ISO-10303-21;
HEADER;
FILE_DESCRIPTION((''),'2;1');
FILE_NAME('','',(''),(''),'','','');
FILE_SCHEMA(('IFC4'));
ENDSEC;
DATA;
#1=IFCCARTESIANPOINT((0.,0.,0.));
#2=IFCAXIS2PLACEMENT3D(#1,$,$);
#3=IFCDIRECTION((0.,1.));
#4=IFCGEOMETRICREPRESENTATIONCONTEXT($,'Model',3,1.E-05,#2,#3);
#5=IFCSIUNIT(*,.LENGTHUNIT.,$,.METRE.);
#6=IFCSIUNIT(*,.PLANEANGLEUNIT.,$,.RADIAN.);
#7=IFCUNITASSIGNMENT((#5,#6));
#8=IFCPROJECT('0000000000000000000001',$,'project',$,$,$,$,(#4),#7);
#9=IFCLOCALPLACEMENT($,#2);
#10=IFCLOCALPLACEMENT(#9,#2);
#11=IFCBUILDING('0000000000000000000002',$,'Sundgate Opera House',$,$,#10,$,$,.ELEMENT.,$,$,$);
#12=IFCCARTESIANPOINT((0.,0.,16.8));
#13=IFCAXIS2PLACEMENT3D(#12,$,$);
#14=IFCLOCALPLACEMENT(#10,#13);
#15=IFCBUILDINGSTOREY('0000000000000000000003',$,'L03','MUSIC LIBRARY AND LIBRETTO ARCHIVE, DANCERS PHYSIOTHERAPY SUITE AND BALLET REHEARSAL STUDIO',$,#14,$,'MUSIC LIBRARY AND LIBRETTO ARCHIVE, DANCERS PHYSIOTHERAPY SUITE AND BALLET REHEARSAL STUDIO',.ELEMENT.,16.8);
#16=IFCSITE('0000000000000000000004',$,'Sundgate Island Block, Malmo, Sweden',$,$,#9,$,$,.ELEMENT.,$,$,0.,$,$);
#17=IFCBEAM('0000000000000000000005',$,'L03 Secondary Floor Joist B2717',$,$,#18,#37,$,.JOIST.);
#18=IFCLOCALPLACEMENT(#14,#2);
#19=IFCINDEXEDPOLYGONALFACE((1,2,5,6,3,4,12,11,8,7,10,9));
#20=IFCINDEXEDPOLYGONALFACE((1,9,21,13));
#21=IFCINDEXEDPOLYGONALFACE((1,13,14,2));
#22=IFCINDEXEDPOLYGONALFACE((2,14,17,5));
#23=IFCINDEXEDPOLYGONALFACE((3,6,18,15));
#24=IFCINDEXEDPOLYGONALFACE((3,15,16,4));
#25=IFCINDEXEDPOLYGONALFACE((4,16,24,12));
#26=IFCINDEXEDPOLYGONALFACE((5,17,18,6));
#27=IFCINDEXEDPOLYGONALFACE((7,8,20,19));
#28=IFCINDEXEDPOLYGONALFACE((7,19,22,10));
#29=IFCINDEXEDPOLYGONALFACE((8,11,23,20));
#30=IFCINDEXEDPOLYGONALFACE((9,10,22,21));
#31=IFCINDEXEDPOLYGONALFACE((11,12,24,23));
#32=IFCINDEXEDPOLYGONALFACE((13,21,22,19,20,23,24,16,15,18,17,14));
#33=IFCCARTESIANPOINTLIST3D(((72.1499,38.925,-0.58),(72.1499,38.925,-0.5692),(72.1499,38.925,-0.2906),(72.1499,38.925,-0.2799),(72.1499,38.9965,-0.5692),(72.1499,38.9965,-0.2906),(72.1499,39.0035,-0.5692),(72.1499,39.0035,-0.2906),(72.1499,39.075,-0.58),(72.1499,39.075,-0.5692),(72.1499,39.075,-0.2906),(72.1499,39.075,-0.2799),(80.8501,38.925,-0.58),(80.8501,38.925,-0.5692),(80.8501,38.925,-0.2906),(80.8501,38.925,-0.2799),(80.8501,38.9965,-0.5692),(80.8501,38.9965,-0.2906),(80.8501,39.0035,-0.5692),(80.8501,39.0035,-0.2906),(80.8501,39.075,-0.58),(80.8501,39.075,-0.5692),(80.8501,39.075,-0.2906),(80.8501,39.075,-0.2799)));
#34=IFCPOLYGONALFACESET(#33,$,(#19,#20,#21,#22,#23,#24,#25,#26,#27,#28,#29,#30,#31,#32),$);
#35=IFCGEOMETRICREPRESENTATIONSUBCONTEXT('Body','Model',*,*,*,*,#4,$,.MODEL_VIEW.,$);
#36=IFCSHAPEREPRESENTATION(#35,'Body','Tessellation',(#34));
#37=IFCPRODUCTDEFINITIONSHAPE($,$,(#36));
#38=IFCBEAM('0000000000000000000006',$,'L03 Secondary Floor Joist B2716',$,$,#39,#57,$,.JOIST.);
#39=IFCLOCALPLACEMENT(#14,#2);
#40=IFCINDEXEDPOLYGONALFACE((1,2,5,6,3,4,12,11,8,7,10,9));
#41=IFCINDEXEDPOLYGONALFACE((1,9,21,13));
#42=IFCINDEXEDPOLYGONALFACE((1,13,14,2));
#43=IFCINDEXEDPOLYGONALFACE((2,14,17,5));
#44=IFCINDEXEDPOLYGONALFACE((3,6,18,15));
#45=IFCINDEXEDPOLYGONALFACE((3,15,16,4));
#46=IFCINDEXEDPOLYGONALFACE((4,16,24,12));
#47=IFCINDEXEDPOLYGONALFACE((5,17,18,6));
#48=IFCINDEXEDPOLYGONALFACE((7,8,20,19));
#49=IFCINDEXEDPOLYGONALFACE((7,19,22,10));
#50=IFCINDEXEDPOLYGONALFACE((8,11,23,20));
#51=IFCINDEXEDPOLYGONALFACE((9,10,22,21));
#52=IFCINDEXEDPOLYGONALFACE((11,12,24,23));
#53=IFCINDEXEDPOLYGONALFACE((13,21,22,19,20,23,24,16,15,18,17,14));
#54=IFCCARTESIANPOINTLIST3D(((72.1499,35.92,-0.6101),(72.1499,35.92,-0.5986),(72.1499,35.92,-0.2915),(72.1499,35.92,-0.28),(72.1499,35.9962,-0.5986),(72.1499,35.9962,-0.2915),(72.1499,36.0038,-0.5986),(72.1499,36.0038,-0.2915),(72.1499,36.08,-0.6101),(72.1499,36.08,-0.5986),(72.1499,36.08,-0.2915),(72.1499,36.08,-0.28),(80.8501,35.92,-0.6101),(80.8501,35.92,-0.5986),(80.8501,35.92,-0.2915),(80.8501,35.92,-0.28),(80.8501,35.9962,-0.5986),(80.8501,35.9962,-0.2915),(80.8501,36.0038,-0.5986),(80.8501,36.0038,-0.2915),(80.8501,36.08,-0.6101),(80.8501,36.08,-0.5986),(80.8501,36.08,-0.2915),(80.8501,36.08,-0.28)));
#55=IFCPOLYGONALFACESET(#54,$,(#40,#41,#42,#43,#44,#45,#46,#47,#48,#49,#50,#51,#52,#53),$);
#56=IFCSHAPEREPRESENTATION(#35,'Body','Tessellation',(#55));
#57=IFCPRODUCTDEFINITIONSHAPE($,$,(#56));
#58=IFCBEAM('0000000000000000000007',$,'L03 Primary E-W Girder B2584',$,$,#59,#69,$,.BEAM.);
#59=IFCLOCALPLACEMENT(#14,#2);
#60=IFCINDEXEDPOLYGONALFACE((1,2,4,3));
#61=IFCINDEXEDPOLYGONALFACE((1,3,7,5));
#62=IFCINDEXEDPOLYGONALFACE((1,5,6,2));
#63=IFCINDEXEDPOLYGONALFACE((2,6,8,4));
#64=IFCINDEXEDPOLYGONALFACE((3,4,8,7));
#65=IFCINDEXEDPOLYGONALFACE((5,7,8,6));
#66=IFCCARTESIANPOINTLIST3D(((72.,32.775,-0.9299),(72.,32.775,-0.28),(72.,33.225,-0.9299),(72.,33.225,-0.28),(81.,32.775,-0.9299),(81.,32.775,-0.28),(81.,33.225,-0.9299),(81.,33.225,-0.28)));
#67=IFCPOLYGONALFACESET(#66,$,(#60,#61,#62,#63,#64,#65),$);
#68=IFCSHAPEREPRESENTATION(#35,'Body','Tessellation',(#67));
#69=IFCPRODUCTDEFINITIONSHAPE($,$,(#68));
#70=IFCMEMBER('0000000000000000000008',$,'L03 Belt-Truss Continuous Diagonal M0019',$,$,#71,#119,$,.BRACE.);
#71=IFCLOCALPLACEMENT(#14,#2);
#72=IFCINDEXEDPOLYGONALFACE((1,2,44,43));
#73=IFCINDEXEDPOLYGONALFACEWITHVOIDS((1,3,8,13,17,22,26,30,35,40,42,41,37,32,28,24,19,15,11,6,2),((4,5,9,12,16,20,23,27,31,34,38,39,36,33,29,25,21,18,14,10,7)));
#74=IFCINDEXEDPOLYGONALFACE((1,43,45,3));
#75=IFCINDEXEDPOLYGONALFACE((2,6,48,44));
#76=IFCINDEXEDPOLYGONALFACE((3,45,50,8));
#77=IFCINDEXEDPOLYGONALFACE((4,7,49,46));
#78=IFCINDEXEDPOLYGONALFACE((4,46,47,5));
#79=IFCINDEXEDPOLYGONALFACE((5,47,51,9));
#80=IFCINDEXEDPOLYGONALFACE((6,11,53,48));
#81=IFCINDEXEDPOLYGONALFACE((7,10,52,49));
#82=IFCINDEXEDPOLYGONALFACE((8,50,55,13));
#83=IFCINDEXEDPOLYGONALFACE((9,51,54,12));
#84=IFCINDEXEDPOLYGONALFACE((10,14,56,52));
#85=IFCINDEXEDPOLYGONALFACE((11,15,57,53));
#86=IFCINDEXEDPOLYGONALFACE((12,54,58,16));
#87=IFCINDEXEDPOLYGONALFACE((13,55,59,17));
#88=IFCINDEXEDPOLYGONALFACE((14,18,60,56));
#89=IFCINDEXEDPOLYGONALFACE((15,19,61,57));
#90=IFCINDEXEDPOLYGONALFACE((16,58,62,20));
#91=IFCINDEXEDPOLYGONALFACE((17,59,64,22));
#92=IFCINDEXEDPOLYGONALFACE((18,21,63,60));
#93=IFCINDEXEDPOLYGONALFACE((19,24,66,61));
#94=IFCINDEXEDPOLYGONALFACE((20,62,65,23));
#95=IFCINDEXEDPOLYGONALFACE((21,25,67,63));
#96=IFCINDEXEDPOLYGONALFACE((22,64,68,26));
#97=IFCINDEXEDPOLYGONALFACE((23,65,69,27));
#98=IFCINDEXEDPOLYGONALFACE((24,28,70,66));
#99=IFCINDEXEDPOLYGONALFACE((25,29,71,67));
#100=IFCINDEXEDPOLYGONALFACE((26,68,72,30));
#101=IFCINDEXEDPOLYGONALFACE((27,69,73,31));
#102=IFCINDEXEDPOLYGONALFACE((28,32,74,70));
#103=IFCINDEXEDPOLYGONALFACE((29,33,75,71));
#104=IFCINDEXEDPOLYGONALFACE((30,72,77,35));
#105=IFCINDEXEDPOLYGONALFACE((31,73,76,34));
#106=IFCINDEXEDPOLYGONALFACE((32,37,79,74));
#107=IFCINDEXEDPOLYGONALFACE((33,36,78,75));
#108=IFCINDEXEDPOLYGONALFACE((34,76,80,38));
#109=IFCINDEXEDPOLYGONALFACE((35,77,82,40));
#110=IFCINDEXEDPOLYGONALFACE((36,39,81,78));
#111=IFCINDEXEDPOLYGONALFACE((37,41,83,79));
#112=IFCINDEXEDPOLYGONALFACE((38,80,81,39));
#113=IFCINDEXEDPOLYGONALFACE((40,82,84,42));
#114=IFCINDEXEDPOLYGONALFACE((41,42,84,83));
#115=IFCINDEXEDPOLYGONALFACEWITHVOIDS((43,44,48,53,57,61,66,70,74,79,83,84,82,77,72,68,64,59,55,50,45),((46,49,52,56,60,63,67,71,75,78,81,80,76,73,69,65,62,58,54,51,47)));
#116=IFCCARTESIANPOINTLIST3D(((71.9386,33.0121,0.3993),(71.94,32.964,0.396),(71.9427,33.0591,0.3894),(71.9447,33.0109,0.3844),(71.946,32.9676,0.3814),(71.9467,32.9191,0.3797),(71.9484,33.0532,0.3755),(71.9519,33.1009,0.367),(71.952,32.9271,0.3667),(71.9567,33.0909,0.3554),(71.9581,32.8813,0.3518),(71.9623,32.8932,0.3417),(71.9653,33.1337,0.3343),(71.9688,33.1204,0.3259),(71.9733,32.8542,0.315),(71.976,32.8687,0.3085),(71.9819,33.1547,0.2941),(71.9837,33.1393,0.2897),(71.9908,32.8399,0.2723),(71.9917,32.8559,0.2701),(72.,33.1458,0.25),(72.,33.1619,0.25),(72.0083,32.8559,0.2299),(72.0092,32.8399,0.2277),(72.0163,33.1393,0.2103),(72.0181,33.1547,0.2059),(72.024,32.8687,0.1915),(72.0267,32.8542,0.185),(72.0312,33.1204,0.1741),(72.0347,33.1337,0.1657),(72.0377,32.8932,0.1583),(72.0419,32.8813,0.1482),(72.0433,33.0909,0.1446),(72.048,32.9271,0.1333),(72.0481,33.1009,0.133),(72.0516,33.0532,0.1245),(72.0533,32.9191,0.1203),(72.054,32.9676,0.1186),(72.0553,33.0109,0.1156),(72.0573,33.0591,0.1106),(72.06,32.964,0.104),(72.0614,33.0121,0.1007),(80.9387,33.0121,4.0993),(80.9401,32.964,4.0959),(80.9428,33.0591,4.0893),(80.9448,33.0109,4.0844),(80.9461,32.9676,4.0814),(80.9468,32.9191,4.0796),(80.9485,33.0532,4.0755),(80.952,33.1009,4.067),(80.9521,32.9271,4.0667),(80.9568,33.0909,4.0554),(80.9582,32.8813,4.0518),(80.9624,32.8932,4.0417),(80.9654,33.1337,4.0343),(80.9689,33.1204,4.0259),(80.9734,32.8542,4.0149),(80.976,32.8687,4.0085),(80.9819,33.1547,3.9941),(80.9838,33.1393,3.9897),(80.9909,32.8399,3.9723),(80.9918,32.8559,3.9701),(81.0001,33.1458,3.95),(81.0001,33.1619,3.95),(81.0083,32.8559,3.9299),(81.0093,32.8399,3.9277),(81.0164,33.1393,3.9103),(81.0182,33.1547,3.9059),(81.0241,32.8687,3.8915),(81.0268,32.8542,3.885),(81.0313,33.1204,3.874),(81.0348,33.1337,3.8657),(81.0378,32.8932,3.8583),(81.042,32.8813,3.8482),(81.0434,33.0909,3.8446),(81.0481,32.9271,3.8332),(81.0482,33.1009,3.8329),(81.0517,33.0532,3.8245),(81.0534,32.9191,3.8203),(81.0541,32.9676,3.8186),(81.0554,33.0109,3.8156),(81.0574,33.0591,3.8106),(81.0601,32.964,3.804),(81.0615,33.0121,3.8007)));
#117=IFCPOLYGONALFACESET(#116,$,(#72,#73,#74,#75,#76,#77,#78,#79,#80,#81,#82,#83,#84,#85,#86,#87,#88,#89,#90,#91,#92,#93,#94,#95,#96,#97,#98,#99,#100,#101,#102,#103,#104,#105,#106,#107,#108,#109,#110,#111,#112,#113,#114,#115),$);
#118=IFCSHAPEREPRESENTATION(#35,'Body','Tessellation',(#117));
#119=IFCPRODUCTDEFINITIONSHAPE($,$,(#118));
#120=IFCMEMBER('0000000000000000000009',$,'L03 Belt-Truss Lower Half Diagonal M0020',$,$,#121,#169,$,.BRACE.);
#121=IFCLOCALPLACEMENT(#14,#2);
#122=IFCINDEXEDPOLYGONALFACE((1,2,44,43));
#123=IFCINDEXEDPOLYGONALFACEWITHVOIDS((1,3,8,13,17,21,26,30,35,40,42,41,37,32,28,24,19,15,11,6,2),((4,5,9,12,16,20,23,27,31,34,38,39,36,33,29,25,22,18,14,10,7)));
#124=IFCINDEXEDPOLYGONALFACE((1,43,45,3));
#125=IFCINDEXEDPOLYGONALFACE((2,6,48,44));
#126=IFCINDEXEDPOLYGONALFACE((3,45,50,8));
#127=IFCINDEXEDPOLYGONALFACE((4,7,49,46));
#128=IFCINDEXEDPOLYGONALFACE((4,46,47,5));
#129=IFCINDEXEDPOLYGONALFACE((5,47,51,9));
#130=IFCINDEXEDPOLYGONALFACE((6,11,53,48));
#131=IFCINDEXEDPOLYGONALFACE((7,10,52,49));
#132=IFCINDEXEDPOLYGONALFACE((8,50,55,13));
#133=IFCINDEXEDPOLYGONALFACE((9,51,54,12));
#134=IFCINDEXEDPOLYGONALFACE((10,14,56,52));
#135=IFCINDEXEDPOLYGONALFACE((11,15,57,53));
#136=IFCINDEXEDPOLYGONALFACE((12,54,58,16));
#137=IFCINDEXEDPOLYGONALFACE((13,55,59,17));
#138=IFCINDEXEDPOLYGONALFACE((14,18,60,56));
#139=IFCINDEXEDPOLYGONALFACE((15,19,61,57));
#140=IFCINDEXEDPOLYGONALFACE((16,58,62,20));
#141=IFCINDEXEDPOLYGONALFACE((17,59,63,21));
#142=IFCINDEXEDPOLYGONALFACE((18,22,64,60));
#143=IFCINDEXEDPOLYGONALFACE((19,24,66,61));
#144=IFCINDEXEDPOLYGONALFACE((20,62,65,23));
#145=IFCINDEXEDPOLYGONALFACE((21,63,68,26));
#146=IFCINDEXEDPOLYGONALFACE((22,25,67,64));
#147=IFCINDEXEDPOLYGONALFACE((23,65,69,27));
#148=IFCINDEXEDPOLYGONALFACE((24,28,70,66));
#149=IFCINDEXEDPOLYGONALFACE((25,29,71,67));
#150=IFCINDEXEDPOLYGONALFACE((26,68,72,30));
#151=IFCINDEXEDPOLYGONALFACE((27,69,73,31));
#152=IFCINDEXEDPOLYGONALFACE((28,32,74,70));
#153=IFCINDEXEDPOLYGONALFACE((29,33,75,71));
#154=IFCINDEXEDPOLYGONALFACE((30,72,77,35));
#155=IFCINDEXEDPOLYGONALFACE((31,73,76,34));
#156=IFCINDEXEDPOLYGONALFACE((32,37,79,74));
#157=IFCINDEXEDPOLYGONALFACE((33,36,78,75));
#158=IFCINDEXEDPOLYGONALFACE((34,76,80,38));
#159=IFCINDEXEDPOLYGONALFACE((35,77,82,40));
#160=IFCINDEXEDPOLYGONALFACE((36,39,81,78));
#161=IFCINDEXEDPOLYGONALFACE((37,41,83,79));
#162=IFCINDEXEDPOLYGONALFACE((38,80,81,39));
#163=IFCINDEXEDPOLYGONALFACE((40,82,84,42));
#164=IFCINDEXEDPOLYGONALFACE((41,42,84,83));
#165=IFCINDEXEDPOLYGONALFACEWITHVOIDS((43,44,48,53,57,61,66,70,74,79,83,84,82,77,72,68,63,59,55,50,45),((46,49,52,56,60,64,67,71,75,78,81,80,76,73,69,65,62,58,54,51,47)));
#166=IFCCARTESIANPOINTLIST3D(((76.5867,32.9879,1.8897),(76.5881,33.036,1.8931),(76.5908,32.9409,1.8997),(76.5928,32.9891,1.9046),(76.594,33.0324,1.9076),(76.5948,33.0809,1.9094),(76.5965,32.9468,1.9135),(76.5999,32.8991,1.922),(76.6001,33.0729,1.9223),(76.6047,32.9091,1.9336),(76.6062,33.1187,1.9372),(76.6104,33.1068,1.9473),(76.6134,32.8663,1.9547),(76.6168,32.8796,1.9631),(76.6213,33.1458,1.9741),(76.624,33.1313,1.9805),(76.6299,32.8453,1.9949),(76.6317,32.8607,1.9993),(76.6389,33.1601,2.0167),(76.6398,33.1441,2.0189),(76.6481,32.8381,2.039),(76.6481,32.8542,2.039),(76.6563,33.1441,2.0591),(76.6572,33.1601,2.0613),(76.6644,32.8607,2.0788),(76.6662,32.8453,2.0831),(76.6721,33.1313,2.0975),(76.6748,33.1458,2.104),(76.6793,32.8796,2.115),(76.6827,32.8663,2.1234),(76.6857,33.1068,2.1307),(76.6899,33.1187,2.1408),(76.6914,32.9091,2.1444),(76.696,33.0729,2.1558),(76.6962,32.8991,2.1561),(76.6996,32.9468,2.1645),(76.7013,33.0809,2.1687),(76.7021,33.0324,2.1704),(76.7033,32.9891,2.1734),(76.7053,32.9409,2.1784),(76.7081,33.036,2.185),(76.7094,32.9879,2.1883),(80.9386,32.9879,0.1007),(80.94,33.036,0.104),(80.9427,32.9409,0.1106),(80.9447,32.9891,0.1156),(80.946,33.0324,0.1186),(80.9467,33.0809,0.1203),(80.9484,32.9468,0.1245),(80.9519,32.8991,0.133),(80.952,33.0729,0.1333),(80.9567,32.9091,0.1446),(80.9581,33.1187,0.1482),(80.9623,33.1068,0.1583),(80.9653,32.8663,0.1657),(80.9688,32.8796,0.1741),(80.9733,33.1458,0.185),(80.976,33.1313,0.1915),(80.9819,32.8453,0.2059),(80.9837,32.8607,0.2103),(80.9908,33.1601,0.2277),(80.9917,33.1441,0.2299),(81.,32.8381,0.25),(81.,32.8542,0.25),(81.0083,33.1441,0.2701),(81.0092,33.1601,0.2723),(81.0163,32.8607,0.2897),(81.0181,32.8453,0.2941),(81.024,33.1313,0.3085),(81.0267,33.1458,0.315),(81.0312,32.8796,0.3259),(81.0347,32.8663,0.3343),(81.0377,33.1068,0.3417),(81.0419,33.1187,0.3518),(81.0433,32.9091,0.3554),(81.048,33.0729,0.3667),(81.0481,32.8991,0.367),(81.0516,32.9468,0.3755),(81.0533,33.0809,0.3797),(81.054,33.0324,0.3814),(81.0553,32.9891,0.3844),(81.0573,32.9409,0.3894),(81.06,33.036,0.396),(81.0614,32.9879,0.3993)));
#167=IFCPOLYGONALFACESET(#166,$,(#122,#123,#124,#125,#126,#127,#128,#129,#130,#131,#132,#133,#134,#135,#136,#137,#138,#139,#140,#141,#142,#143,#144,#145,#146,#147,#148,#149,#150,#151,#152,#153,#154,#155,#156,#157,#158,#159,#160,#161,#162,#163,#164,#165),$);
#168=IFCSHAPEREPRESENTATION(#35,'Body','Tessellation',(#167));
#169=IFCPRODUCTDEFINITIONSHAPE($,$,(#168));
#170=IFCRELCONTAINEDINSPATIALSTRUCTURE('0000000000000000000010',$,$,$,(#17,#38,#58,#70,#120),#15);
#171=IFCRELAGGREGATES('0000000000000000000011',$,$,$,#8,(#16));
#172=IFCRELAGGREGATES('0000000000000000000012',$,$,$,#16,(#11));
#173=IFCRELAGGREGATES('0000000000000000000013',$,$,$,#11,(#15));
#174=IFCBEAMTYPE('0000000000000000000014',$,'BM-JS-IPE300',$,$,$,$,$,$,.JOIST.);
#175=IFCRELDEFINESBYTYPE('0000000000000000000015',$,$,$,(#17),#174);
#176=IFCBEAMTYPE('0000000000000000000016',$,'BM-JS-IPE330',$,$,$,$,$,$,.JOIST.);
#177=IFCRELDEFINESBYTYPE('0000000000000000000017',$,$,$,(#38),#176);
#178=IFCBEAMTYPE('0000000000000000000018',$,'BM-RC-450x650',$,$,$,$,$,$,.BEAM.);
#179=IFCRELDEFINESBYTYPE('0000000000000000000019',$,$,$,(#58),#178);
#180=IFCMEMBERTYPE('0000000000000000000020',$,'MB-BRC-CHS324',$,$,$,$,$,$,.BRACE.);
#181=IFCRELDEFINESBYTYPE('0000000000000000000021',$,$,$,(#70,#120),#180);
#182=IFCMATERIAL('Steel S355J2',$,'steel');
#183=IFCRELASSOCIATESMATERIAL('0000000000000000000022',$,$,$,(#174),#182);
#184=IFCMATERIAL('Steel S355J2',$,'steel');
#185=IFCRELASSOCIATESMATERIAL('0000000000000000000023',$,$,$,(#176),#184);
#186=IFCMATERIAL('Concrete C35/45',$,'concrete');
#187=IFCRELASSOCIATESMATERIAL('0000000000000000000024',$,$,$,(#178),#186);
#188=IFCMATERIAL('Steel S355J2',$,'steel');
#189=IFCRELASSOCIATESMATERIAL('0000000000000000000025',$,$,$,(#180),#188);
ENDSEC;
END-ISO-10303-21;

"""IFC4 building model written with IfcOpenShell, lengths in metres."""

from ifc_helpers import new_model, si_unit, direction, frame, origin, origin_2d, place, context, subcontext, project, spatial, rectangle, hollow_circle, i_section, extrude, material, material_profile, profile_set, type_object, element, save


model = new_model("IFC4")

# Units and contexts
model_context = context("Model", 3, precision=1e-05, world=origin(), true_north=direction((0.0, 1.0)))
body_context = subcontext(model_context, "Body", "Model", "MODEL_VIEW")
ifc_project = project(units=[si_unit("LENGTHUNIT", "METRE"), si_unit("PLANEANGLEUNIT", "RADIAN")], contexts=[model_context])

# Site, building, storey
site_placement = place(None, origin())
site = spatial("IfcSite", under=ifc_project, at=site_placement, Name="Sundgate Island Block, Malmo, Sweden", CompositionType="ELEMENT", RefElevation=0.0)
building_placement = place(site_placement, origin())
building = spatial("IfcBuilding", under=site, at=building_placement, Name="Sundgate Opera House", CompositionType="ELEMENT")
storey_placement = place(building_placement, frame((0.0, 0.0, 16.8)))
storey = spatial("IfcBuildingStorey", under=building, at=storey_placement, Name="L03", Description="MUSIC LIBRARY AND LIBRETTO ARCHIVE, DANCERS PHYSIOTHERAPY SUITE AND BALLET REHEARSAL STUDIO", LongName="MUSIC LIBRARY AND LIBRETTO ARCHIVE, DANCERS PHYSIOTHERAPY SUITE AND BALLET REHEARSAL STUDIO", CompositionType="ELEMENT", Elevation=16.8)

# Beams
ifc_material_1 = material(Name="Steel S355J2", Category="steel")
ifc_material_profile_1 = material_profile(ifc_material_1, i_section(OverallWidth=0.1499, OverallDepth=0.3, WebThickness=0.0071, FlangeThickness=0.0107, at=origin_2d()), Name="IPE 300")
ifc_profile_set_1 = profile_set([ifc_material_profile_1], Name="Steel S355J2")
beam_type_1 = type_object("IfcBeamType", Name="BM-JS-IPE300", PredefinedType="JOIST", material=ifc_profile_set_1)
beam_1_placement = place(storey_placement, frame((72.1499, 39.0, -0.4299), z_axis=(1.0, 0.0, 0.0), x_axis=(0.0, 1.0, 0.0)))
element("IfcBeam", 1, at=beam_1_placement, inside=storey, type_object=beam_type_1, Name="L03 Secondary Floor Joist B2717", PredefinedType="JOIST", context=body_context, shape_type="SweptSolid", body=[
    extrude(i_section(OverallWidth=0.1499, OverallDepth=0.3, WebThickness=0.0071, FlangeThickness=0.0107, at=origin_2d()), origin(), (0.0, 0.0, 1.0), 8.7002),
])
ifc_material_2 = material(Name="Steel S355J2", Category="steel")
ifc_material_profile_2 = material_profile(ifc_material_2, i_section(OverallWidth=0.1599, OverallDepth=0.3301, WebThickness=0.0076, FlangeThickness=0.0115, at=origin_2d()), Name="IPE 330")
ifc_profile_set_2 = profile_set([ifc_material_profile_2], Name="Steel S355J2")
beam_type_2 = type_object("IfcBeamType", Name="BM-JS-IPE330", PredefinedType="JOIST", material=ifc_profile_set_2)
beam_2_placement = place(storey_placement, frame((72.1499, 36.0, -0.4451), z_axis=(1.0, 0.0, 0.0), x_axis=(0.0, 1.0, 0.0)))
element("IfcBeam", 2, at=beam_2_placement, inside=storey, type_object=beam_type_2, Name="L03 Secondary Floor Joist B2716", PredefinedType="JOIST", context=body_context, shape_type="SweptSolid", body=[
    extrude(i_section(OverallWidth=0.1599, OverallDepth=0.3301, WebThickness=0.0076, FlangeThickness=0.0115, at=origin_2d()), origin(), (0.0, 0.0, 1.0), 8.7002),
])
ifc_material_3 = material(Name="Concrete C35/45", Category="concrete")
ifc_material_profile_3 = material_profile(ifc_material_3, rectangle(XDim=0.45, YDim=0.6499, at=origin_2d()), Name="RC 450x650")
ifc_profile_set_3 = profile_set([ifc_material_profile_3], Name="Concrete C35/45")
beam_type_3 = type_object("IfcBeamType", Name="BM-RC-450x650", PredefinedType="BEAM", material=ifc_profile_set_3)
beam_3_placement = place(storey_placement, frame((72.0, 33.0, -0.605), z_axis=(1.0, 0.0, 0.0), x_axis=(0.0, 1.0, 0.0)))
element("IfcBeam", 3, at=beam_3_placement, inside=storey, type_object=beam_type_3, Name="L03 Primary E-W Girder B2584", PredefinedType="BEAM", context=body_context, shape_type="SweptSolid", body=[
    extrude(rectangle(XDim=0.45, YDim=0.6499, at=origin_2d()), origin(), (0.0, 0.0, 1.0), 9.0),
])

# Members
ifc_material_4 = material(Name="Steel S355J2", Category="steel")
ifc_material_profile_4 = material_profile(ifc_material_4, hollow_circle(Radius=0.1619, WallThickness=0.0161, at=origin_2d()), Name="CHS 323.9x16.0")
ifc_profile_set_4 = profile_set([ifc_material_profile_4], Name="Steel S355J2")
member_type = type_object("IfcMemberType", Name="MB-BRC-CHS324", PredefinedType="BRACE", material=ifc_profile_set_4)
member_1_placement = place(storey_placement, frame((72.0, 33.0, 0.25), z_axis=(0.924893, 0.0, 0.380229), x_axis=(0.0, 1.0, 0.0)))
element("IfcMember", 4, at=member_1_placement, inside=storey, type_object=member_type, Name="L03 Belt-Truss Continuous Diagonal M0019", PredefinedType="BRACE", context=body_context, shape_type="SweptSolid", body=[
    extrude(hollow_circle(Radius=0.1619, WallThickness=0.0161, at=origin_2d()), origin(), (0.0, 0.0, 1.0), 9.731),
])
member_2_placement = place(storey_placement, frame((81.0, 33.0, 0.25), z_axis=(-0.924899, 0.0, 0.380212), x_axis=(0.0, -1.0, 0.0)))
element("IfcMember", 5, at=member_2_placement, inside=storey, type_object=member_type, Name="L03 Belt-Truss Lower Half Diagonal M0020", PredefinedType="BRACE", context=body_context, shape_type="SweptSolid", body=[
    extrude(hollow_circle(Radius=0.1619, WallThickness=0.0161, at=origin_2d()), origin(), (0.0, 0.0, 1.0), 4.7053),
])

save(model, "model.ifc")
